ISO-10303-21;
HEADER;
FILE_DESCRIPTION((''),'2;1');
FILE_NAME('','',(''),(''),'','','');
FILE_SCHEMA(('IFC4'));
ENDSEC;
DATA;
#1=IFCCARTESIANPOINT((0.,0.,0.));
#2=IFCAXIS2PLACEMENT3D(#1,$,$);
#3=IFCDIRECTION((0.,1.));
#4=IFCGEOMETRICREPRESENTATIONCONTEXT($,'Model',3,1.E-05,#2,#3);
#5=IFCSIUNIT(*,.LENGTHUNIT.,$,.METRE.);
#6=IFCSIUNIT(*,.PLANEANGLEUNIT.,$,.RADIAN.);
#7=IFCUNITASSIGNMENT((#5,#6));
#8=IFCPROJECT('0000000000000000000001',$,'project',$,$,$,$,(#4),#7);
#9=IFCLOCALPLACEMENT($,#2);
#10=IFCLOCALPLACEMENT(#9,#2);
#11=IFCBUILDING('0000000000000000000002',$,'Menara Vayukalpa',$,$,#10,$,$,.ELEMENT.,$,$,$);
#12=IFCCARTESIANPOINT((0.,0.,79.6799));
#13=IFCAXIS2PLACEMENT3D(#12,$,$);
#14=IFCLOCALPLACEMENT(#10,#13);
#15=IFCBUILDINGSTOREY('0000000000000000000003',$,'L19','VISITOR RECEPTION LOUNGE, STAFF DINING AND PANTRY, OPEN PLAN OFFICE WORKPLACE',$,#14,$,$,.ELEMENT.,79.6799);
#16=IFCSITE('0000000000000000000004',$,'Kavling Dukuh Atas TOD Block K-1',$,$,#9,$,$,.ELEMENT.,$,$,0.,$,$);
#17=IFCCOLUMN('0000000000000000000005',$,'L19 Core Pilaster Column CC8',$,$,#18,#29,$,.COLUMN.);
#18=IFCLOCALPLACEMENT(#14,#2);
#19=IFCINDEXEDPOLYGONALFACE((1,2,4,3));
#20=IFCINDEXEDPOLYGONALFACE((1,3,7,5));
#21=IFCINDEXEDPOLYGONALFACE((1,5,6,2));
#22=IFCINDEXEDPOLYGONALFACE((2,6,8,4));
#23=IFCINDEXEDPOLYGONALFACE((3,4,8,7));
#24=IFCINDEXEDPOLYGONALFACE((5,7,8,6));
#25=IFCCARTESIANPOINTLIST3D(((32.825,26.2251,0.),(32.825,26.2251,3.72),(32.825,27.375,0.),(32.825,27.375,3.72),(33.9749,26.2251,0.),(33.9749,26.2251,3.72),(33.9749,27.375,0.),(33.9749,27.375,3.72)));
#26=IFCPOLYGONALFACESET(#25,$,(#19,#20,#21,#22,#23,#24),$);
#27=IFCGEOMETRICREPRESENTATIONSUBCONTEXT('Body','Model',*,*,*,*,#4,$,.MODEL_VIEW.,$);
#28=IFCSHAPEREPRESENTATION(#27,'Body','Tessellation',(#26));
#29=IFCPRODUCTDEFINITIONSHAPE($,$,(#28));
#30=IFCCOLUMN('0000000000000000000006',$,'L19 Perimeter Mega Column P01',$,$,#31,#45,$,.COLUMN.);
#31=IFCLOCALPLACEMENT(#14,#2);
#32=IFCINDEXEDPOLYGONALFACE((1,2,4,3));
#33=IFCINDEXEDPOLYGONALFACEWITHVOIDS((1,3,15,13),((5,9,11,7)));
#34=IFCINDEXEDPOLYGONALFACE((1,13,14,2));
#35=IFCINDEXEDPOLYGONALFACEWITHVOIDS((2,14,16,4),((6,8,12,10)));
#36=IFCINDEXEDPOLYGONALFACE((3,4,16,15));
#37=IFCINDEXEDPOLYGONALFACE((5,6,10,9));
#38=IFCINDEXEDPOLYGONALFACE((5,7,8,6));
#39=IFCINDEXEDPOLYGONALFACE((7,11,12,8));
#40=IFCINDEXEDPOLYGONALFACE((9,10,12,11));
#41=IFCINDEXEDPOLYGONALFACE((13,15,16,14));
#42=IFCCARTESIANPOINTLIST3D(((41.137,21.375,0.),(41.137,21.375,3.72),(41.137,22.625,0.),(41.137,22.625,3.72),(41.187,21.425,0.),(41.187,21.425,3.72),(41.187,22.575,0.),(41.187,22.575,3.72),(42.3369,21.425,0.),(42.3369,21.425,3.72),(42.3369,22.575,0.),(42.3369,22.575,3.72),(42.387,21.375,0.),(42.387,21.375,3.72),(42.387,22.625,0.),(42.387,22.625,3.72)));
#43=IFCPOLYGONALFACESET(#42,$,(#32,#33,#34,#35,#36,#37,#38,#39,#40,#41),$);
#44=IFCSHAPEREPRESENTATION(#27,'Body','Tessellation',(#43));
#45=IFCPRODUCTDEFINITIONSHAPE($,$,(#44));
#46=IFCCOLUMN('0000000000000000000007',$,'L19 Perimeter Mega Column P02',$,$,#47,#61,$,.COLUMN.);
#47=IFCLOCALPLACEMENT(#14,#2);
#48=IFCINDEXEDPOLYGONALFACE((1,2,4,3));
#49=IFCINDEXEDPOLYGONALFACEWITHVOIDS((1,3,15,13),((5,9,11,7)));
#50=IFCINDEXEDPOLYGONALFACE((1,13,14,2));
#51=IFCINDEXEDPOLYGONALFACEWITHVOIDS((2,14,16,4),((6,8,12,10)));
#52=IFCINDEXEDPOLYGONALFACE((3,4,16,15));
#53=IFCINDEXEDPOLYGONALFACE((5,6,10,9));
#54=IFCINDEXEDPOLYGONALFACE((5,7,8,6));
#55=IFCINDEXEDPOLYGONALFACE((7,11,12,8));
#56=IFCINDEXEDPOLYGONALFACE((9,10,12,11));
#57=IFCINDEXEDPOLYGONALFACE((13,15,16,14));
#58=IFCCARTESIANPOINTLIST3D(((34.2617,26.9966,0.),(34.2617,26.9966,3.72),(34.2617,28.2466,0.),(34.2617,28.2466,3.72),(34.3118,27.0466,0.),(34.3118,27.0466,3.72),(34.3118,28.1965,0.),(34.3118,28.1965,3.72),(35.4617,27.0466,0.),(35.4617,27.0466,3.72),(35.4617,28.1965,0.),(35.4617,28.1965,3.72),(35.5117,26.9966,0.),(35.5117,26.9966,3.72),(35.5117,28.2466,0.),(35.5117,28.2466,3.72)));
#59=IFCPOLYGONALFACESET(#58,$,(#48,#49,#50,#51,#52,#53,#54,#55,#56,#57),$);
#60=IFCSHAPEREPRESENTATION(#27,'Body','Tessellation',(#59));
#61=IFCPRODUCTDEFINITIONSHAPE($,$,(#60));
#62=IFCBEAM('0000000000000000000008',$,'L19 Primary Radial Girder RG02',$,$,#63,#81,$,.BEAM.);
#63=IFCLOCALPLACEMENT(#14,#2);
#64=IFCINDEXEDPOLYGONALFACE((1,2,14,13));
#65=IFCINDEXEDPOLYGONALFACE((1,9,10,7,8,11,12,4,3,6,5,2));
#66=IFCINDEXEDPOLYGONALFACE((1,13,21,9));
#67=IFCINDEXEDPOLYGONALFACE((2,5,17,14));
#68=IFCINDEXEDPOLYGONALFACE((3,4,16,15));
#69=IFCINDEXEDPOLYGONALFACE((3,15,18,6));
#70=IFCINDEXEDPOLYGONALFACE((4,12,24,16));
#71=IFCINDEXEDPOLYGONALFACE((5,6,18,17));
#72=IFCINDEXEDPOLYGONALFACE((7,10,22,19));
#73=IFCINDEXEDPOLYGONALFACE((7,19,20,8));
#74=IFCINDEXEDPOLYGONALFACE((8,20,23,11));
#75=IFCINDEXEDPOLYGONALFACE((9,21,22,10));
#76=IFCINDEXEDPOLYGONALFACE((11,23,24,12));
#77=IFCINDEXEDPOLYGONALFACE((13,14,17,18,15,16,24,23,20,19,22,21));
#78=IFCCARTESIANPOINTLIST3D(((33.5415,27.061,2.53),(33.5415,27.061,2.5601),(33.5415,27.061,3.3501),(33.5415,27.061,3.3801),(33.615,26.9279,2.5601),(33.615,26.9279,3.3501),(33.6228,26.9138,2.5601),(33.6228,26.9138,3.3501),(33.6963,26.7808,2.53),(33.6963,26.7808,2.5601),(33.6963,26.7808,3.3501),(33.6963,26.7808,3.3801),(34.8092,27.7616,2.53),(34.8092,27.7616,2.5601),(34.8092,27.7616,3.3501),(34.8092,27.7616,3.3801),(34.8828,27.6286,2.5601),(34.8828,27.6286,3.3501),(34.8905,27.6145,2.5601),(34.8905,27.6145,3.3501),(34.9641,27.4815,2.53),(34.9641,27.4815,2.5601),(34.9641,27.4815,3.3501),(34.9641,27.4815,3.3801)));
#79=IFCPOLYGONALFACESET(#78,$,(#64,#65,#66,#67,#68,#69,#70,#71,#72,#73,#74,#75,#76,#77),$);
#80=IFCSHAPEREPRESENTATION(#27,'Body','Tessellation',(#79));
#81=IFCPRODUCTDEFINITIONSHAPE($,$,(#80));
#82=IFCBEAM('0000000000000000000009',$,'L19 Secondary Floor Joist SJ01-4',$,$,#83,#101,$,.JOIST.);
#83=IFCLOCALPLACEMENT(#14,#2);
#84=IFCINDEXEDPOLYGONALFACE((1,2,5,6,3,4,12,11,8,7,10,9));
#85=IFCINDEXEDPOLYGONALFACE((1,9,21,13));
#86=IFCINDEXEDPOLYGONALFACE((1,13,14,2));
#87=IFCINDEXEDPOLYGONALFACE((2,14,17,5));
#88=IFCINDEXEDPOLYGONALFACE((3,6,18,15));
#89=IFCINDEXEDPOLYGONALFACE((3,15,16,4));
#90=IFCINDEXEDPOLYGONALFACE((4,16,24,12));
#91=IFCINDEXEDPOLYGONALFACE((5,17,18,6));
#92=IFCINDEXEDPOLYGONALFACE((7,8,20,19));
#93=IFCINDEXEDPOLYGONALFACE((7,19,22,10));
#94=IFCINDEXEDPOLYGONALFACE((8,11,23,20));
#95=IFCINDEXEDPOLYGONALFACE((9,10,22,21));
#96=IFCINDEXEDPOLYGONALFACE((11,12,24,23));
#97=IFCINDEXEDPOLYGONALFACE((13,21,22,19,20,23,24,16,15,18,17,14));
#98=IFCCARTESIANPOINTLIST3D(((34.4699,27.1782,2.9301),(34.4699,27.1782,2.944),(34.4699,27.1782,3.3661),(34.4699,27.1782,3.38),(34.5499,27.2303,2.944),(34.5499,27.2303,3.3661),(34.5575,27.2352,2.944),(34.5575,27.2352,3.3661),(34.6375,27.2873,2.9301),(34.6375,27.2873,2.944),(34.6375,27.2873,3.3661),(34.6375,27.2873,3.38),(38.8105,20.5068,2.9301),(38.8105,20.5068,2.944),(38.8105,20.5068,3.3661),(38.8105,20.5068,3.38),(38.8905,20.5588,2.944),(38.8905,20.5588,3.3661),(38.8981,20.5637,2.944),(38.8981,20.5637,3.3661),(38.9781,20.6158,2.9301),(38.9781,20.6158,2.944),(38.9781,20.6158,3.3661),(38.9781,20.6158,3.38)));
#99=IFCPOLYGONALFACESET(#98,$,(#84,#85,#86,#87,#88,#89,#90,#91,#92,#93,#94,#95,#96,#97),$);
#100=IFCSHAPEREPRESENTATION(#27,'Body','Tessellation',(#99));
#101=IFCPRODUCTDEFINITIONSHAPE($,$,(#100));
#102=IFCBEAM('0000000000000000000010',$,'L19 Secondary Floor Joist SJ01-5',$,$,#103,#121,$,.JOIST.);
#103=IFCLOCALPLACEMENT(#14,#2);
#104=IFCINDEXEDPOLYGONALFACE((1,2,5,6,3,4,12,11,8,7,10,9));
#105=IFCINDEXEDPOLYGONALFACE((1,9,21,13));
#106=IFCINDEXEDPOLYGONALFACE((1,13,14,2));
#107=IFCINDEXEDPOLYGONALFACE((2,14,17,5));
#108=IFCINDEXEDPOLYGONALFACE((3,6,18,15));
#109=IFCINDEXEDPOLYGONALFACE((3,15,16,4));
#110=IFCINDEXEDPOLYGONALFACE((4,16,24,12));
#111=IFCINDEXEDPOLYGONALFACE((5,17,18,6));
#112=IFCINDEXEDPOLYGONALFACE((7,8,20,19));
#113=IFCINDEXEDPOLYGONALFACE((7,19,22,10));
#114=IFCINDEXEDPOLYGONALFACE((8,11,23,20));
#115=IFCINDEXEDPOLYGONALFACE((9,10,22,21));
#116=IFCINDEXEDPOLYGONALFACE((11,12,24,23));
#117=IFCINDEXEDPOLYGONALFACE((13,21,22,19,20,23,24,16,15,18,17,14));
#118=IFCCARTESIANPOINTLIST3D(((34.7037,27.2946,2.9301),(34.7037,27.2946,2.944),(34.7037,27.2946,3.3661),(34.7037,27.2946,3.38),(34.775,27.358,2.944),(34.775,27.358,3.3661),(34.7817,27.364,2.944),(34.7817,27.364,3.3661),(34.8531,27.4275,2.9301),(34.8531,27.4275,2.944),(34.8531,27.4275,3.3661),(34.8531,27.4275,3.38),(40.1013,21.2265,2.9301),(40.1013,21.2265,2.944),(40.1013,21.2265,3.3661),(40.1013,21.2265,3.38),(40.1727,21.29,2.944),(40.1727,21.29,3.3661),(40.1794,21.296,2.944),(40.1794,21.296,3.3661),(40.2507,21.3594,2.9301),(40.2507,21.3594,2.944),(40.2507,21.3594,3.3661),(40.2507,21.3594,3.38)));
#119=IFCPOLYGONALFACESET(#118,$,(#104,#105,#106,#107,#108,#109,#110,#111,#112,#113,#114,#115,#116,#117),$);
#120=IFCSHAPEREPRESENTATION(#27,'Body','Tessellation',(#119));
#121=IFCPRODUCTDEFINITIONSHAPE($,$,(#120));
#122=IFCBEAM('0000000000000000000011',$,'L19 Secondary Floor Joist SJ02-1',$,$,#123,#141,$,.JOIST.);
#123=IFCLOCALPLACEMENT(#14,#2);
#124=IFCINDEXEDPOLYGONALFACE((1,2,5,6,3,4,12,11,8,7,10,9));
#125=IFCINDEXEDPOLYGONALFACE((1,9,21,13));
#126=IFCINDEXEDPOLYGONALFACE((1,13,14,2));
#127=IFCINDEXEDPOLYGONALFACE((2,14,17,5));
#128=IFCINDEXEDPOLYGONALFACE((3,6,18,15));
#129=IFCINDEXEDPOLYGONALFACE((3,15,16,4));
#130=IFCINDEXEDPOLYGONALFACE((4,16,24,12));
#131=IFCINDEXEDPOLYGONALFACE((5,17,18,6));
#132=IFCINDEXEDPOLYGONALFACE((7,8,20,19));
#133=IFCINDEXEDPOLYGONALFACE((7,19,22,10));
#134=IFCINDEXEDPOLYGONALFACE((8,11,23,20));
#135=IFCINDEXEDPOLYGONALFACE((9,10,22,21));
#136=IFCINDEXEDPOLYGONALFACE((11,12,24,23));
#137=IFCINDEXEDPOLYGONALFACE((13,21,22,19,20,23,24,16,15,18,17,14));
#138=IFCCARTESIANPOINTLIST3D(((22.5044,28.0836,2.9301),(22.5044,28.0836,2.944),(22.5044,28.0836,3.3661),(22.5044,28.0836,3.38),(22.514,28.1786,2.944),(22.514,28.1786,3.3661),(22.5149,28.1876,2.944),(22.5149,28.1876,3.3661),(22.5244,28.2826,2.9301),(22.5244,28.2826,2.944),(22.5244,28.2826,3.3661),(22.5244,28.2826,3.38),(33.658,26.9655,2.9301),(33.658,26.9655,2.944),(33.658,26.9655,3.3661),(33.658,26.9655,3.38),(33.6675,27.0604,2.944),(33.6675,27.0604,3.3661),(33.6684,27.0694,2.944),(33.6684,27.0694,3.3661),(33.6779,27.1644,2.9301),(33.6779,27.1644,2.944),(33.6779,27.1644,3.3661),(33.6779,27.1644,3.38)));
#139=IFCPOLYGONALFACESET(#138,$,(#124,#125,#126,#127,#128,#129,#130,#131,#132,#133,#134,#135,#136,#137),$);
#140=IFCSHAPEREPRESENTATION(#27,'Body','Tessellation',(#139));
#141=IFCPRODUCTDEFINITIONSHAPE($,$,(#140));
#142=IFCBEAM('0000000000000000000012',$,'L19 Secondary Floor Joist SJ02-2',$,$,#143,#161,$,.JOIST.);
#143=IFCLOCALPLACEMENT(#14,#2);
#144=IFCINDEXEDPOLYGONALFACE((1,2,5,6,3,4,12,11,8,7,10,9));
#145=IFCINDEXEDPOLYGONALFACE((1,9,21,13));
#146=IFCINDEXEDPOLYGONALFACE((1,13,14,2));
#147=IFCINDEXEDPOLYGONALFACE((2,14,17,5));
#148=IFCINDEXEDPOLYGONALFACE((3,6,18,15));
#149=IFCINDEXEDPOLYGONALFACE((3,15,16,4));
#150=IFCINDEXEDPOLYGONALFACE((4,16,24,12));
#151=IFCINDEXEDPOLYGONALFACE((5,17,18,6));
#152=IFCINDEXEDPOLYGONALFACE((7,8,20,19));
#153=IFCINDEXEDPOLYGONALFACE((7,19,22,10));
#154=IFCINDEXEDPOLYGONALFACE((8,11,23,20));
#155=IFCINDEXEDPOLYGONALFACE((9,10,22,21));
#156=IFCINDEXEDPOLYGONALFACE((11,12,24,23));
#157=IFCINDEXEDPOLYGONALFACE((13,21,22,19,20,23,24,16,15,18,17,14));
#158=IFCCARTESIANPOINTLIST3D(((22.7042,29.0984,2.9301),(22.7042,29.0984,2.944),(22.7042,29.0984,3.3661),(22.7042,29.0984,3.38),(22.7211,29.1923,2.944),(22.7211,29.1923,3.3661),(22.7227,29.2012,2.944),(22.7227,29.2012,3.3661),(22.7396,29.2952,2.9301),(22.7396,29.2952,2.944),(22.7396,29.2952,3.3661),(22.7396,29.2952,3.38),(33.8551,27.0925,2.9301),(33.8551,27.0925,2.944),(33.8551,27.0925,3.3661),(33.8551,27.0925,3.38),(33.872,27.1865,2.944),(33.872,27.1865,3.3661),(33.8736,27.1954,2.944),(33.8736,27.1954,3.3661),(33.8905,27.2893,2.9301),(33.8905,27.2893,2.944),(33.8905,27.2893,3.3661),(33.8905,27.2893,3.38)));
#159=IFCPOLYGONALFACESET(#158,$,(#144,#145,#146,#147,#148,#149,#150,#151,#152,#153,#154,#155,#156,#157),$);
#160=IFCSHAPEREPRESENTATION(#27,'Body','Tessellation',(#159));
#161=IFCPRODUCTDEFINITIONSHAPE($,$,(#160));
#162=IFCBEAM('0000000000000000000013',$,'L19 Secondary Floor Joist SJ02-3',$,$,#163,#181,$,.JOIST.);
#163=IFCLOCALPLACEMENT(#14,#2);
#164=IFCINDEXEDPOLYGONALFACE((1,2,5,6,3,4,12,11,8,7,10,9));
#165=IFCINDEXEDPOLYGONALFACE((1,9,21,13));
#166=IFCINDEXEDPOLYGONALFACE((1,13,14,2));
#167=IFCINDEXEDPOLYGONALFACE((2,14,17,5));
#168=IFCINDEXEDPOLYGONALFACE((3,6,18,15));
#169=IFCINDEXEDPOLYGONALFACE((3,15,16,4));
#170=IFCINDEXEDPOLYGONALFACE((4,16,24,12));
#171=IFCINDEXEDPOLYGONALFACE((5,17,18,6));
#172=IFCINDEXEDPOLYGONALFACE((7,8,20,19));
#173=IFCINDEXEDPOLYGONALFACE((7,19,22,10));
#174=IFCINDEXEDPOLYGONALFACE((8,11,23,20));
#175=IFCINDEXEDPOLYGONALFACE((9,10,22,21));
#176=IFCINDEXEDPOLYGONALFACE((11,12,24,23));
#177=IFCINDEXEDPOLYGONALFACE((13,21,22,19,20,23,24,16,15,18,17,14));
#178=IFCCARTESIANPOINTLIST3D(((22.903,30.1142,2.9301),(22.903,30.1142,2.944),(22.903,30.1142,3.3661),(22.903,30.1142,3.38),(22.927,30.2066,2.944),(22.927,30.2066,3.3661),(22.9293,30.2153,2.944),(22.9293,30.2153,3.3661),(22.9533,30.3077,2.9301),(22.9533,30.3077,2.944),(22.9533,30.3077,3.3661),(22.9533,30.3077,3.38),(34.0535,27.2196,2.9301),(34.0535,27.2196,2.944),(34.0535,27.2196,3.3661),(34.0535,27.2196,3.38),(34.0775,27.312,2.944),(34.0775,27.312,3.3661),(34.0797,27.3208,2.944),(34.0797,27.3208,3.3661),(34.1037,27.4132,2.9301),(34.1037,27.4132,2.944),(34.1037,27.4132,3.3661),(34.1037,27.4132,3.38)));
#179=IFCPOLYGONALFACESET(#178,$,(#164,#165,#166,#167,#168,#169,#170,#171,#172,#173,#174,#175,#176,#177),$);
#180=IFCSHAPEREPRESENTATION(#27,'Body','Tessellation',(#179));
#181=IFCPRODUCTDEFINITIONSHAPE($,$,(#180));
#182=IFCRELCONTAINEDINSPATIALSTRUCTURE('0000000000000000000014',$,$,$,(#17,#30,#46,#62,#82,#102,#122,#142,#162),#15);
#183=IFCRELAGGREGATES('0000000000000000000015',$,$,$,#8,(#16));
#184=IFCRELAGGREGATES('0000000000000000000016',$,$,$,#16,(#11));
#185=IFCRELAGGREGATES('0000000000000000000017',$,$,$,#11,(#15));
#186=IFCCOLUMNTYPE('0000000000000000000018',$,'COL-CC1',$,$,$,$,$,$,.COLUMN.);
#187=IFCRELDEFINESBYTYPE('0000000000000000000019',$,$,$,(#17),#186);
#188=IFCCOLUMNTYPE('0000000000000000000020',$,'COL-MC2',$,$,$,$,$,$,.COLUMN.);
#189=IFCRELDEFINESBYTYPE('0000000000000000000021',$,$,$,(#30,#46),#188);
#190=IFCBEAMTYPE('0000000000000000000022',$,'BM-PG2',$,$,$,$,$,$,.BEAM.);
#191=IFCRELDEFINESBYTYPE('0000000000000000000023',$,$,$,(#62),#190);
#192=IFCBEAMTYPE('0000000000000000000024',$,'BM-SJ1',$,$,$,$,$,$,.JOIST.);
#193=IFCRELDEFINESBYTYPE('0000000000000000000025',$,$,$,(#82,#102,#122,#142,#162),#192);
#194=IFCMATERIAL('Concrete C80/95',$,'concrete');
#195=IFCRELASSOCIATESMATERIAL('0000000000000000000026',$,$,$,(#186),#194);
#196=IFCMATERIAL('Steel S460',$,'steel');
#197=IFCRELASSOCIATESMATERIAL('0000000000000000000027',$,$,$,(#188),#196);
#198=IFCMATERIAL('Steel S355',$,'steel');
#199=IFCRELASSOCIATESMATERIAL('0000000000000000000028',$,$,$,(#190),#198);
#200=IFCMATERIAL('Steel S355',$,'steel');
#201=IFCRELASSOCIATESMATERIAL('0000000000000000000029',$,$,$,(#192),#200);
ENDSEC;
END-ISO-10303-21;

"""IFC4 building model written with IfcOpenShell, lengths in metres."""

from ifc_helpers import new_model, si_unit, direction, frame, origin, origin_2d, place, context, subcontext, project, spatial, rectangle, hollow_rectangle, i_section, extrude, material, material_profile, profile_set, type_object, element, save


model = new_model("IFC4")

# Units and contexts
model_context = context("Model", 3, precision=1e-05, world=origin(), true_north=direction((0.0, 1.0)))
body_context = subcontext(model_context, "Body", "Model", "MODEL_VIEW")
ifc_project = project(units=[si_unit("LENGTHUNIT", "METRE"), si_unit("PLANEANGLEUNIT", "RADIAN")], contexts=[model_context])

# Site, building, storey
site_placement = place(None, origin())
site = spatial("IfcSite", under=ifc_project, at=site_placement, Name="Kavling Dukuh Atas TOD Block K-1", CompositionType="ELEMENT", RefElevation=0.0)
building_placement = place(site_placement, origin())
building = spatial("IfcBuilding", under=site, at=building_placement, Name="Menara Vayukalpa", CompositionType="ELEMENT")
storey_placement = place(building_placement, frame((0.0, 0.0, 79.6799)))
storey = spatial("IfcBuildingStorey", under=building, at=storey_placement, Name="L19", Description="VISITOR RECEPTION LOUNGE, STAFF DINING AND PANTRY, OPEN PLAN OFFICE WORKPLACE", CompositionType="ELEMENT", Elevation=79.6799)

# Columns
ifc_material_1 = material(Name="Concrete C80/95", Category="concrete")
ifc_material_profile_1 = material_profile(ifc_material_1, rectangle(XDim=1.1499, YDim=1.1499, at=origin_2d()), Name="RC 1150x1150")
ifc_profile_set_1 = profile_set([ifc_material_profile_1], Name="Concrete C80/95")
column_type_1 = type_object("IfcColumnType", Name="COL-CC1", PredefinedType="COLUMN", material=ifc_profile_set_1)
column_placement = place(storey_placement, frame((33.3999, 26.8, 0.0), z_axis=(0.0, 0.0, 1.0), x_axis=(1.0, 0.0, 0.0)))
element("IfcColumn", 1, at=column_placement, inside=storey, type_object=column_type_1, Name="L19 Core Pilaster Column CC8", PredefinedType="COLUMN", context=body_context, shape_type="SweptSolid", body=[
    extrude(rectangle(XDim=1.1499, YDim=1.1499, at=origin_2d()), origin(), (0.0, 0.0, 1.0), 3.72),
])
ifc_material_2 = material(Name="Steel S460", Category="steel")
ifc_material_profile_2 = material_profile(ifc_material_2, hollow_rectangle(XDim=1.25, YDim=1.25, WallThickness=0.05, at=origin_2d()), Name="BOX 1250x1250x50")
ifc_profile_set_2 = profile_set([ifc_material_profile_2], Name="Steel S460")
column_type_2 = type_object("IfcColumnType", Name="COL-MC2", PredefinedType="COLUMN", material=ifc_profile_set_2)
for number, where, z_axis, x_axis, name in (
    (2, (41.762, 22.0, 0.0), (0.0, 0.0, 1.0), (1.0, 0.0, 0.0), "L19 Perimeter Mega Column P01"),
    (3, (34.8867, 27.6216, 0.0), (0.0, 0.0, 1.0), (1.0, 0.0, 0.0), "L19 Perimeter Mega Column P02"),
):
    element("IfcColumn", number, at=place(storey_placement, frame(where, z_axis=z_axis, x_axis=x_axis)), inside=storey, type_object=column_type_2, Name=name, PredefinedType="COLUMN", context=body_context, shape_type="SweptSolid", body=[
        extrude(hollow_rectangle(XDim=1.25, YDim=1.25, WallThickness=0.05, at=origin_2d()), origin(), (0.0, 0.0, 1.0), 3.72),
    ])

# Beams
ifc_material_3 = material(Name="Steel S355", Category="steel")
ifc_material_profile_3 = material_profile(ifc_material_3, i_section(OverallWidth=0.3201, OverallDepth=0.8501, WebThickness=0.0161, FlangeThickness=0.03, at=origin_2d()), Name="WF 850x320x16x30")
ifc_profile_set_3 = profile_set([ifc_material_profile_3], Name="Steel S355")
beam_type_1 = type_object("IfcBeamType", Name="BM-PG2", PredefinedType="BEAM", material=ifc_profile_set_3)
beam_1_placement = place(storey_placement, frame((33.6189, 26.9209, 2.9551), z_axis=(0.875228, 0.48371, 0.0), x_axis=(-0.48371, 0.875228, 0.0)))
element("IfcBeam", 4, at=beam_1_placement, inside=storey, type_object=beam_type_1, Name="L19 Primary Radial Girder RG02", PredefinedType="BEAM", context=body_context, shape_type="SweptSolid", body=[
    extrude(i_section(OverallWidth=0.3201, OverallDepth=0.8501, WebThickness=0.0161, FlangeThickness=0.03, at=origin_2d()), origin(), (0.0, 0.0, 1.0), 1.4485),
])
ifc_material_4 = material(Name="Steel S355", Category="steel")
ifc_material_profile_4 = material_profile(ifc_material_4, i_section(OverallWidth=0.2, OverallDepth=0.45, WebThickness=0.009, FlangeThickness=0.0139, at=origin_2d()), Name="WF 450x200x9x14")
ifc_profile_set_4 = profile_set([ifc_material_profile_4], Name="Steel S355")
beam_type_2 = type_object("IfcBeamType", Name="BM-SJ1", PredefinedType="JOIST", material=ifc_profile_set_4)
beam_2_placement = place(storey_placement, frame((38.8943, 20.5613, 3.155), z_axis=(-0.545357, 0.838204, 0.0), x_axis=(-0.838204, -0.545357, 0.0)))
element("IfcBeam", 5, at=beam_2_placement, inside=storey, type_object=beam_type_2, Name="L19 Secondary Floor Joist SJ01-4", PredefinedType="JOIST", context=body_context, shape_type="SweptSolid", body=[
    extrude(i_section(OverallWidth=0.2, OverallDepth=0.45, WebThickness=0.009, FlangeThickness=0.0139, at=origin_2d()), origin(), (0.0, 0.0, 1.0), 7.9592),
])
beam_3_placement = place(storey_placement, frame((40.176, 21.293, 3.155), z_axis=(-0.664627, 0.747175, 0.0), x_axis=(-0.747175, -0.664627, 0.0)))
element("IfcBeam", 6, at=beam_3_placement, inside=storey, type_object=beam_type_2, Name="L19 Secondary Floor Joist SJ01-5", PredefinedType="JOIST", context=body_context, shape_type="SweptSolid", body=[
    extrude(i_section(OverallWidth=0.2, OverallDepth=0.45, WebThickness=0.009, FlangeThickness=0.0139, at=origin_2d()), origin(), (0.0, 0.0, 1.0), 8.1213),
])
beam_4_placement = place(storey_placement, frame((33.668, 27.0649, 3.155), z_axis=(-0.995012, 0.099752, 0.0), x_axis=(-0.099752, -0.995012, 0.0)))
element("IfcBeam", 7, at=beam_4_placement, inside=storey, type_object=beam_type_2, Name="L19 Secondary Floor Joist SJ02-1", PredefinedType="JOIST", context=body_context, shape_type="SweptSolid", body=[
    extrude(i_section(OverallWidth=0.2, OverallDepth=0.45, WebThickness=0.009, FlangeThickness=0.0139, at=origin_2d()), origin(), (0.0, 0.0, 1.0), 11.2095),
])
beam_5_placement = place(storey_placement, frame((33.8728, 27.1909, 3.155), z_axis=(-0.984203, 0.177042, 0.0), x_axis=(-0.177042, -0.984203, 0.0)))
element("IfcBeam", 8, at=beam_5_placement, inside=storey, type_object=beam_type_2, Name="L19 Secondary Floor Joist SJ02-2", PredefinedType="JOIST", context=body_context, shape_type="SweptSolid", body=[
    extrude(i_section(OverallWidth=0.2, OverallDepth=0.45, WebThickness=0.009, FlangeThickness=0.0139, at=origin_2d()), origin(), (0.0, 0.0, 1.0), 11.3298),
])
beam_6_placement = place(storey_placement, frame((34.0786, 27.3164, 3.155), z_axis=(-0.967919, 0.251262, 0.0), x_axis=(-0.251262, -0.967919, 0.0)))
element("IfcBeam", 9, at=beam_6_placement, inside=storey, type_object=beam_type_2, Name="L19 Secondary Floor Joist SJ02-3", PredefinedType="JOIST", context=body_context, shape_type="SweptSolid", body=[
    extrude(i_section(OverallWidth=0.2, OverallDepth=0.45, WebThickness=0.009, FlangeThickness=0.0139, at=origin_2d()), origin(), (0.0, 0.0, 1.0), 11.52),
])

save(model, "model.ifc")
